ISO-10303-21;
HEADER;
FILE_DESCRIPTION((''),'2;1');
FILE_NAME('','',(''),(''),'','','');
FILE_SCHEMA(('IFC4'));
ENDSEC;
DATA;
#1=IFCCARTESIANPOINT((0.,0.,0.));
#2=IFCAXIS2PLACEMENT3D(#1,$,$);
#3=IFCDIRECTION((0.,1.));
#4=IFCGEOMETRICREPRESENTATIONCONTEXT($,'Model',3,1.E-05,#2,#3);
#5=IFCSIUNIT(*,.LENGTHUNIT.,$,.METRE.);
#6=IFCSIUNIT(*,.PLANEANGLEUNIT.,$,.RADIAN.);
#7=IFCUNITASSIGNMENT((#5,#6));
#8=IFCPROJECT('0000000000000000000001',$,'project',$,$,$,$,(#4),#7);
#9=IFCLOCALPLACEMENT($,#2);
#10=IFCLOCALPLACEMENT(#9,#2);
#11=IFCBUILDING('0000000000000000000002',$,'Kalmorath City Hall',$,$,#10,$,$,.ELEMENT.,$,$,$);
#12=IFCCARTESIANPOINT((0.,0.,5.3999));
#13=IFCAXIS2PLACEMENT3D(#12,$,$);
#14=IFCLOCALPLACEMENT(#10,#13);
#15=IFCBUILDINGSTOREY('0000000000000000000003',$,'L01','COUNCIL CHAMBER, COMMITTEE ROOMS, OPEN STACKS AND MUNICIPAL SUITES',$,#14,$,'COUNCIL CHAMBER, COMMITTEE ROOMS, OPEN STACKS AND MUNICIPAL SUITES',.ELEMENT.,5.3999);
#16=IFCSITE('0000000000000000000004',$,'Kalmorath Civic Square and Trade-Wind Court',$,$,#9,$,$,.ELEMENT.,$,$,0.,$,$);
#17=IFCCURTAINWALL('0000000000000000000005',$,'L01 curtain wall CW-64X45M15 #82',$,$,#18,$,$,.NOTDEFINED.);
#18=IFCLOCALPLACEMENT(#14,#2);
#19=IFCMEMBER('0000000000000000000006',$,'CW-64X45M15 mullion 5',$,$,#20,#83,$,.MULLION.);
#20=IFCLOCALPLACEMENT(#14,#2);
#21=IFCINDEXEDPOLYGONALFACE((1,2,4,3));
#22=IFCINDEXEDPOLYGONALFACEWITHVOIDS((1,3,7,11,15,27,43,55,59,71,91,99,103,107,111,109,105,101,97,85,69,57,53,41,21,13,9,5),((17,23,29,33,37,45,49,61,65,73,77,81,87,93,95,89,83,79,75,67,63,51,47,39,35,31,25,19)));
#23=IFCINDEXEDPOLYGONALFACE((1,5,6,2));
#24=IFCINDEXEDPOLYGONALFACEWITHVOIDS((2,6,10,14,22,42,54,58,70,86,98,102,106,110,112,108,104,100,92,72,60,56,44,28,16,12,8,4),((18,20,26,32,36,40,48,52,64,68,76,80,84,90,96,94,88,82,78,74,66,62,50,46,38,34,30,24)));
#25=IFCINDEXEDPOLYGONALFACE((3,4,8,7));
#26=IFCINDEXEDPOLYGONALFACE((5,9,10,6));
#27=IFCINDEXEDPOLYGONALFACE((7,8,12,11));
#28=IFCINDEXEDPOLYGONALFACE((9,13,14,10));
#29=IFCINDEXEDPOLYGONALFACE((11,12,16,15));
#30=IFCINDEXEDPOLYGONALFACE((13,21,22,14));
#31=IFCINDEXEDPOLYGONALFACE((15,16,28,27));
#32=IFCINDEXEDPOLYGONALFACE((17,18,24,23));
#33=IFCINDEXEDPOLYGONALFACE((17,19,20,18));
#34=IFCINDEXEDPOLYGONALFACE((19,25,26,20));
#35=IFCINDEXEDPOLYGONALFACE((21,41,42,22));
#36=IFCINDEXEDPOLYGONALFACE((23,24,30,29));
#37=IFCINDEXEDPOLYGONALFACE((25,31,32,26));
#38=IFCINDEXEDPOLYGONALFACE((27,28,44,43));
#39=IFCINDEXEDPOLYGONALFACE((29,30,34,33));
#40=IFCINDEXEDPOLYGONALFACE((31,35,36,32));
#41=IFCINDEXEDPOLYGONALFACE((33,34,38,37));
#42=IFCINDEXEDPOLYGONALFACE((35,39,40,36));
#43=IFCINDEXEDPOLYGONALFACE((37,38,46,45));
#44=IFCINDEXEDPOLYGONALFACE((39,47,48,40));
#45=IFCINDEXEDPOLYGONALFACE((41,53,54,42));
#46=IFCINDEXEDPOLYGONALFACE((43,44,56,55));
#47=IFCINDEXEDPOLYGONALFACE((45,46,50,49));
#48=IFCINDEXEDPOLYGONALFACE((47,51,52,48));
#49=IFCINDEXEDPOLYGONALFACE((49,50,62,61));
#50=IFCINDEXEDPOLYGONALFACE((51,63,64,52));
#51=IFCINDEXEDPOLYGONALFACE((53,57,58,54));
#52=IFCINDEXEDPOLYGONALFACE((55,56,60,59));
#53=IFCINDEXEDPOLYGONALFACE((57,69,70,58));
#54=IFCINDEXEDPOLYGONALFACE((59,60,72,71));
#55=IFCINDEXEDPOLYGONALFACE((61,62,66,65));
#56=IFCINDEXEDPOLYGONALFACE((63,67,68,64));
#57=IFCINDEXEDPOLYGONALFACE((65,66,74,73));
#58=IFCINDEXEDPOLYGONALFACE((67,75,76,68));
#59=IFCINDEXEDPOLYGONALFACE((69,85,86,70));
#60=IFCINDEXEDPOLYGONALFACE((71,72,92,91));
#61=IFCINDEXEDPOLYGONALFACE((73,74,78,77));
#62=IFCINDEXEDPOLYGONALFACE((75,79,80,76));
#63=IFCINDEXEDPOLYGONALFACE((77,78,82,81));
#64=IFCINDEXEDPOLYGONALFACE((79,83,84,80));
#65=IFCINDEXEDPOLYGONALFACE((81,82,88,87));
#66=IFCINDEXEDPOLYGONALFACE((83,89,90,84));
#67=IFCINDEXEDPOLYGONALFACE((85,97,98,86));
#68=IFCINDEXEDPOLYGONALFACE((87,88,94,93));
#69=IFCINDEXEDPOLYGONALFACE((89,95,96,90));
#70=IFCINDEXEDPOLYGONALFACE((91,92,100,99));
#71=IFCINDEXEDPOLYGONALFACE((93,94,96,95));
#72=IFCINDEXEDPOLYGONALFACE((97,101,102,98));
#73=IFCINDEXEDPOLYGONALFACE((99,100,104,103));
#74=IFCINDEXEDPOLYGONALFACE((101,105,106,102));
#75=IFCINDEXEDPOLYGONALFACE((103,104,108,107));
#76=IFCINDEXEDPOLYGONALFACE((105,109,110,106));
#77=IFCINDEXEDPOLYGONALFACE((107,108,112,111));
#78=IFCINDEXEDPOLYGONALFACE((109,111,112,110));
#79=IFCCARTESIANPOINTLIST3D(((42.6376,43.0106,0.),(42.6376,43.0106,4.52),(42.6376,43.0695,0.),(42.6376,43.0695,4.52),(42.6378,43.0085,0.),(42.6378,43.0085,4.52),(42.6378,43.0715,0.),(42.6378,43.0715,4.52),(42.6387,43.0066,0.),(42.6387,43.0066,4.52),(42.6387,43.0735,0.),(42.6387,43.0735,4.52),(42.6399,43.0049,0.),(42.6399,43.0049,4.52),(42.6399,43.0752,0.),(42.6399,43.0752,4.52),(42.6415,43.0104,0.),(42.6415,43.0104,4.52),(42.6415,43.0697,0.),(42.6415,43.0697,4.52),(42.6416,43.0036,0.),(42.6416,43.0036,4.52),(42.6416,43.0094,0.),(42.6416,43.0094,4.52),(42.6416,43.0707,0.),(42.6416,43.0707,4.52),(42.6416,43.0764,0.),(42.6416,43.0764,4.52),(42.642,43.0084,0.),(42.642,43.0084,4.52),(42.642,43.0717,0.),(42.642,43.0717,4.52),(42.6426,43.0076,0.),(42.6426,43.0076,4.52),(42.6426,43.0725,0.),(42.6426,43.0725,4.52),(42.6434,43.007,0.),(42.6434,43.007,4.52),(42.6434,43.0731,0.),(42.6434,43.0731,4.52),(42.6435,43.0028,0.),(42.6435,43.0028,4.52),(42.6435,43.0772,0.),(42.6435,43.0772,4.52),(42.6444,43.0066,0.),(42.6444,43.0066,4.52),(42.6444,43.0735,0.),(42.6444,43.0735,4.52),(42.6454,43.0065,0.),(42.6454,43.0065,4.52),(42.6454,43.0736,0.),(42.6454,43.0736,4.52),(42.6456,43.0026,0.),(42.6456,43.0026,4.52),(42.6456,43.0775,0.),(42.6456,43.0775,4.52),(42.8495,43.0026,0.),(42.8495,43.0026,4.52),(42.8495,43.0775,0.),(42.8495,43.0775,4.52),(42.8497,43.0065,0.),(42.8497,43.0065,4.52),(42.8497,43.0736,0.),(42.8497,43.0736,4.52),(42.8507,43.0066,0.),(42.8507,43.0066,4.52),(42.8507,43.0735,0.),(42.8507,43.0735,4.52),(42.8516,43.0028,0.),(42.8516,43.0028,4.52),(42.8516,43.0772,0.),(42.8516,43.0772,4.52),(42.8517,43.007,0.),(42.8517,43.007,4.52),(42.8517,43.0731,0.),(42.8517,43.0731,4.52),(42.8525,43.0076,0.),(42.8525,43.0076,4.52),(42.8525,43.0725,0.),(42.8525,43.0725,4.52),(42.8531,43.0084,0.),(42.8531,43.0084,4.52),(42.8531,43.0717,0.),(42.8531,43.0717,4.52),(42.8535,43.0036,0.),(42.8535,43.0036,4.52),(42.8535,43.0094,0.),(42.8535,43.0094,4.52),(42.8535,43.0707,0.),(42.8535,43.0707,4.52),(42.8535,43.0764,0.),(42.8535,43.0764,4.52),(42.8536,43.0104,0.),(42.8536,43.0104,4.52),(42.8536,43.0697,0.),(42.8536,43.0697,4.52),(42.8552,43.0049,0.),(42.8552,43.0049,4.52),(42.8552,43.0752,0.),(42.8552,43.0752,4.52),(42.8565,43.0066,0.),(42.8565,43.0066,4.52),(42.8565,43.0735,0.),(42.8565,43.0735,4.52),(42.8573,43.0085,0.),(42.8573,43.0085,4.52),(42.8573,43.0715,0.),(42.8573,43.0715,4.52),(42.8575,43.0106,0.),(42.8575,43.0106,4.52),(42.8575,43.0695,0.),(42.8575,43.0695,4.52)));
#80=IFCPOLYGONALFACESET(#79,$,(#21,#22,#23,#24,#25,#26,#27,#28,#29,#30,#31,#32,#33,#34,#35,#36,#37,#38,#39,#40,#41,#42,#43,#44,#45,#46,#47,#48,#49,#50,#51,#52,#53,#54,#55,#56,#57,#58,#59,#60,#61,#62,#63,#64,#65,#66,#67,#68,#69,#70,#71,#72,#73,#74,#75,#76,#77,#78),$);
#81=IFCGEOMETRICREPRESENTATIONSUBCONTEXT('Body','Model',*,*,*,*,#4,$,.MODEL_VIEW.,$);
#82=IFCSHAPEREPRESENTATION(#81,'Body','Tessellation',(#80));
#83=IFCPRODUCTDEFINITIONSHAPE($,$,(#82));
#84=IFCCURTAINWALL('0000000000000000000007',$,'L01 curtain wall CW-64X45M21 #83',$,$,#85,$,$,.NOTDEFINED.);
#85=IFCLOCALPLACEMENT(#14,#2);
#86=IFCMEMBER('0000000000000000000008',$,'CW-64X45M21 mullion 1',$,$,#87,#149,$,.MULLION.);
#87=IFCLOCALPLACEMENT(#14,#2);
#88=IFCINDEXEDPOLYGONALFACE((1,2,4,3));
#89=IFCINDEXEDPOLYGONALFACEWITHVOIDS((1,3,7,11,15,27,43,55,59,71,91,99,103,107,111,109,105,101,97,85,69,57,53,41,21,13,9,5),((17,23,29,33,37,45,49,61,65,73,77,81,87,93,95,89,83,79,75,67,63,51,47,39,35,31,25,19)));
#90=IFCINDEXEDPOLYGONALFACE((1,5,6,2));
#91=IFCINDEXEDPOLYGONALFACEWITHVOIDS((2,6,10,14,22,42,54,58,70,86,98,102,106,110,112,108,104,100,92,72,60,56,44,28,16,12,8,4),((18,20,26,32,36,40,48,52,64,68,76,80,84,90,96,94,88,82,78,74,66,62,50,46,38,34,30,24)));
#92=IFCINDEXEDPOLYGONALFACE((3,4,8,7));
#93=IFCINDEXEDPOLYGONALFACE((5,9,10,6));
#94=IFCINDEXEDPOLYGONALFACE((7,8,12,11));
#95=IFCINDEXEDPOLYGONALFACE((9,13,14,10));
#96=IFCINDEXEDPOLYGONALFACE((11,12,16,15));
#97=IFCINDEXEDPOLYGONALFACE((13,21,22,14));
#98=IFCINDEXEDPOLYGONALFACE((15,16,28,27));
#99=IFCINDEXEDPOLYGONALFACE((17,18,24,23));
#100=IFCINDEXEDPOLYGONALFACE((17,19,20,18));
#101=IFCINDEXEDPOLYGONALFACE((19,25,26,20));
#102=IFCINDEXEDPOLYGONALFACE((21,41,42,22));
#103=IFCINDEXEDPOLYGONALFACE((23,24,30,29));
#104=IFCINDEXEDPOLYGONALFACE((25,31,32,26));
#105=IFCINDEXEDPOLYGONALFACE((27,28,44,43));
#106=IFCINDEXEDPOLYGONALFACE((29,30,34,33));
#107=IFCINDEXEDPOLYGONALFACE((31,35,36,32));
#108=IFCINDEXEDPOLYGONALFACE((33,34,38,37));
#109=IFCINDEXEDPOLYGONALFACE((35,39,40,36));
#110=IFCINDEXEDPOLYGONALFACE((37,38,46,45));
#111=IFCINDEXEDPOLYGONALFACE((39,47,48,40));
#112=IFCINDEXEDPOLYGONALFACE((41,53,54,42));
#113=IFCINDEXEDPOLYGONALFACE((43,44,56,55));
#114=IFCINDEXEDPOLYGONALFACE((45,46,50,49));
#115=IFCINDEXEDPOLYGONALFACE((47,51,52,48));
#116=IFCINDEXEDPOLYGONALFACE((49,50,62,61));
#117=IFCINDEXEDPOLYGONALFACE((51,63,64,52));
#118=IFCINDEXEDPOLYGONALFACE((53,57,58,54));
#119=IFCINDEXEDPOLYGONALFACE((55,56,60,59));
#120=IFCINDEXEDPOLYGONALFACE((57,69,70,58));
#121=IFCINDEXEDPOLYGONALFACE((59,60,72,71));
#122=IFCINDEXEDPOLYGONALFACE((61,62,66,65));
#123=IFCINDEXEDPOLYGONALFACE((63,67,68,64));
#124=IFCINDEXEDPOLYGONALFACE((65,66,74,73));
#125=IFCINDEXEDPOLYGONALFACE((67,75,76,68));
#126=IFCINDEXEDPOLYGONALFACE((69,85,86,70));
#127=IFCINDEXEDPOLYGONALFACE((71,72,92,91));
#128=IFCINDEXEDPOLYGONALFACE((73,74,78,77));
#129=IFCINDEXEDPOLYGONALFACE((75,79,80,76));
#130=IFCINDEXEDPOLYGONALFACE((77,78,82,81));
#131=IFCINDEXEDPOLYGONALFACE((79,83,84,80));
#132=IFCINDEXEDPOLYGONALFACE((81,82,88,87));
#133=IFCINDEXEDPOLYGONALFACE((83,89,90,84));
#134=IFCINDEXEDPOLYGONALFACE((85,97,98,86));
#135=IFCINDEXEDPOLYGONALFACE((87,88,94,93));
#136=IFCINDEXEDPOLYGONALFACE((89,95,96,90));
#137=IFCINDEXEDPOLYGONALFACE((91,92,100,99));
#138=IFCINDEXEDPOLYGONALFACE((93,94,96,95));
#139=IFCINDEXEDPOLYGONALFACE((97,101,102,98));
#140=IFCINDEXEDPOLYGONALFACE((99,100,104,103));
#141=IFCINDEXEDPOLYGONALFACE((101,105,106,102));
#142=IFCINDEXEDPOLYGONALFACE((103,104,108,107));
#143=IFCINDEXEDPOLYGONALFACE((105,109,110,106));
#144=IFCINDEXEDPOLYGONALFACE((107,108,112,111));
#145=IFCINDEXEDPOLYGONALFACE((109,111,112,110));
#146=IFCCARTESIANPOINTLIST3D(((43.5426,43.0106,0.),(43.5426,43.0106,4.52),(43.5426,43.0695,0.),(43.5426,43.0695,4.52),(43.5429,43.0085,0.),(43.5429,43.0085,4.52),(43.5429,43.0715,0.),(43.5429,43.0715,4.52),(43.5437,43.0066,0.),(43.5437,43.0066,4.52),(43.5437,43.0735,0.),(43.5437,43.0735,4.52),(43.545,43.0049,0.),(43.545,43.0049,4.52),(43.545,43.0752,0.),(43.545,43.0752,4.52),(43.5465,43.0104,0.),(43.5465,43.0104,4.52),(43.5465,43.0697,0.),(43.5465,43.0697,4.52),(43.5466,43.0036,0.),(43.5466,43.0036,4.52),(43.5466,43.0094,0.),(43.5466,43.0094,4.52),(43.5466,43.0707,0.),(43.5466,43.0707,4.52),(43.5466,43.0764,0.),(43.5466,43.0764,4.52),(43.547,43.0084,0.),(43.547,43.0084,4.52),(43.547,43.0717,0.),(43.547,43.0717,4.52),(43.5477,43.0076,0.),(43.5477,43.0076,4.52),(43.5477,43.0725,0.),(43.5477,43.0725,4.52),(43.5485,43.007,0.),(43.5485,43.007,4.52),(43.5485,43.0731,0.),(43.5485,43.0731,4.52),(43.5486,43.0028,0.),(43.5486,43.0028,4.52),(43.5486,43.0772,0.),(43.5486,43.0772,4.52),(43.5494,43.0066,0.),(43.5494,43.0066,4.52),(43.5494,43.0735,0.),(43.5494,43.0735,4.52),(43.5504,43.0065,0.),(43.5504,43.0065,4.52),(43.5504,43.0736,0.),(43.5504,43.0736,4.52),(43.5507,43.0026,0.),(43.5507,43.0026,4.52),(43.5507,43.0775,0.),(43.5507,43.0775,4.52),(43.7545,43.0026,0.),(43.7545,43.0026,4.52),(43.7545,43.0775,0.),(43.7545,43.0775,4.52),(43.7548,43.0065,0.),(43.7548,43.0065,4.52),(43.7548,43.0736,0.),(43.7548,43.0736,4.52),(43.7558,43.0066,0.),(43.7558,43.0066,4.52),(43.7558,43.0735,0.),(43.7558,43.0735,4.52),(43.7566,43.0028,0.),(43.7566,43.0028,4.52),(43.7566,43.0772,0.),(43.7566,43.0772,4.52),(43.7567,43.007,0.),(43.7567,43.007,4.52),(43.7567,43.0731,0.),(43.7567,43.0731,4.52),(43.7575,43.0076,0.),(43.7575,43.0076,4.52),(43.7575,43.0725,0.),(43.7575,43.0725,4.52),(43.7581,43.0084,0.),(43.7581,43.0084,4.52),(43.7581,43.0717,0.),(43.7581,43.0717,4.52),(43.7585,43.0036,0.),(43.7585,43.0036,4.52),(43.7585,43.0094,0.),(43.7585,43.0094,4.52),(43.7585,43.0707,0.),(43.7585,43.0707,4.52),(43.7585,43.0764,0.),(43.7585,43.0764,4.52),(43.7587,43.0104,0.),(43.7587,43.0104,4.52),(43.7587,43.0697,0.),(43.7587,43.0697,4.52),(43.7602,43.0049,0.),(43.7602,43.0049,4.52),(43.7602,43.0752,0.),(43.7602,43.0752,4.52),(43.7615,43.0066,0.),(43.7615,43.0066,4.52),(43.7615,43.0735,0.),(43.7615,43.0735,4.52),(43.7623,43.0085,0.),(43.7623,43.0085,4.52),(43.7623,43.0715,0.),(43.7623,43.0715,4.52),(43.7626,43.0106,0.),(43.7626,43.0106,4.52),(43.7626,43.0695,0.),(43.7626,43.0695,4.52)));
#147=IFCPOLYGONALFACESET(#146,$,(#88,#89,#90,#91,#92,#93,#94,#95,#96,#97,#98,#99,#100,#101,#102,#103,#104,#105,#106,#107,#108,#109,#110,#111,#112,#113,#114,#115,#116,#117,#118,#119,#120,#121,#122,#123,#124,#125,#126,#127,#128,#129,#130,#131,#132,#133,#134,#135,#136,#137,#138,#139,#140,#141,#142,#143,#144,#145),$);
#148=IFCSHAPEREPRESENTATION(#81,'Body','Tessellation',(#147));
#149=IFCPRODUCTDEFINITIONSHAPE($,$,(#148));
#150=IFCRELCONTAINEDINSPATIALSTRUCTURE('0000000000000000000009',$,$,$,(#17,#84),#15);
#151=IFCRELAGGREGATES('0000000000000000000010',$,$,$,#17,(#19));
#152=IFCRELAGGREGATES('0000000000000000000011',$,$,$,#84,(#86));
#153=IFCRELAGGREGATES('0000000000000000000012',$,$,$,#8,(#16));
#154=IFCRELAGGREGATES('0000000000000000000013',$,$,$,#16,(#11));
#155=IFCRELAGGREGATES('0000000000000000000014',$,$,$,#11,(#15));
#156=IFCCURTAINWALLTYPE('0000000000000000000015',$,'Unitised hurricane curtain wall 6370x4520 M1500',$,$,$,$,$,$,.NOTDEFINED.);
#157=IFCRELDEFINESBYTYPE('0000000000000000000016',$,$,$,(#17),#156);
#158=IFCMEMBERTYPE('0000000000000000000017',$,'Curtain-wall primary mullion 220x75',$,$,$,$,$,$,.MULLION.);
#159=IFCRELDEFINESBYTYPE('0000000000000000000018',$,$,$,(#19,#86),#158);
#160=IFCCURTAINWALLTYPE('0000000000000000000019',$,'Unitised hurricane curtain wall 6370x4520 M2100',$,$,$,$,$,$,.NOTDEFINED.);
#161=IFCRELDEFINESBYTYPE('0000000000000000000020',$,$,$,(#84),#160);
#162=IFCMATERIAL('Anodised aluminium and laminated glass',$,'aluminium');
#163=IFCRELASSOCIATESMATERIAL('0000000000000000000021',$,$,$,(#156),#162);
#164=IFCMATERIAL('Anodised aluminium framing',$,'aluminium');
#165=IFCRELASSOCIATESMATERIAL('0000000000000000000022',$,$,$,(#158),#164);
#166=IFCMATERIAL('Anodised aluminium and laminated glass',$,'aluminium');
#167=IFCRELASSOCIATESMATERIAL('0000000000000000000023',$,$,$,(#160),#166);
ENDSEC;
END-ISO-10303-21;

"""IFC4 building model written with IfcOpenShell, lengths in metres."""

from ifc_helpers import new_model, si_unit, direction, frame, origin, origin_2d, place, context, subcontext, project, spatial, hollow_rectangle, extrude, material, material_profile, profile_set, type_object, element, aggregate, save


model = new_model("IFC4")

# Units and contexts
model_context = context("Model", 3, precision=1e-05, world=origin(), true_north=direction((0.0, 1.0)))
body_context = subcontext(model_context, "Body", "Model", "MODEL_VIEW")
ifc_project = project(units=[si_unit("LENGTHUNIT", "METRE"), si_unit("PLANEANGLEUNIT", "RADIAN")], contexts=[model_context])

# Site, building, storey
site_placement = place(None, origin())
site = spatial("IfcSite", under=ifc_project, at=site_placement, Name="Kalmorath Civic Square and Trade-Wind Court", CompositionType="ELEMENT", RefElevation=0.0)
building_placement = place(site_placement, origin())
building = spatial("IfcBuilding", under=site, at=building_placement, Name="Kalmorath City Hall", CompositionType="ELEMENT")
storey_placement = place(building_placement, frame((0.0, 0.0, 5.3999)))
storey = spatial("IfcBuildingStorey", under=building, at=storey_placement, Name="L01", Description="COUNCIL CHAMBER, COMMITTEE ROOMS, OPEN STACKS AND MUNICIPAL SUITES", LongName="COUNCIL CHAMBER, COMMITTEE ROOMS, OPEN STACKS AND MUNICIPAL SUITES", CompositionType="ELEMENT", Elevation=5.3999)

# Curtain wall, member
ifc_material_1 = material(Name="Anodised aluminium and laminated glass", Category="aluminium")
curtain_wall_type_1 = type_object("IfcCurtainWallType", Name="Unitised hurricane curtain wall 6370x4520 M1500", PredefinedType="NOTDEFINED", material=ifc_material_1)
curtain_wall_1_placement = place(storey_placement, origin())
curtain_wall_1 = element("IfcCurtainWall", 1, at=curtain_wall_1_placement, inside=storey, type_object=curtain_wall_type_1, Name="L01 curtain wall CW-64X45M15 #82", PredefinedType="NOTDEFINED")
ifc_material_2 = material(Name="Anodised aluminium framing", Category="aluminium")
ifc_material_profile_1 = material_profile(ifc_material_2, hollow_rectangle(XDim=0.075, YDim=0.22, WallThickness=0.0039, InnerFilletRadius=0.0039, OuterFilletRadius=0.0081, at=origin_2d()), Name="ALU-MUL-220X75X4")
ifc_profile_set_1 = profile_set([ifc_material_profile_1], Name="Anodised aluminium framing")
member_type_1 = type_object("IfcMemberType", Name="Curtain-wall primary mullion 220x75", PredefinedType="MULLION", material=ifc_profile_set_1)
member_1_placement = place(storey_placement, frame((42.7476, 43.04, 0.0), z_axis=(0.0, 0.0, 1.0), x_axis=(0.0, 1.0, 0.0)))
member_1 = element("IfcMember", 2, at=member_1_placement, type_object=member_type_1, Name="CW-64X45M15 mullion 5", PredefinedType="MULLION", context=body_context, shape_type="SweptSolid", body=[
    extrude(hollow_rectangle(XDim=0.075, YDim=0.22, WallThickness=0.0039, InnerFilletRadius=0.0039, OuterFilletRadius=0.0081, at=origin_2d()), origin(), (0.0, 0.0, 1.0), 4.52),
])

# Curtain wall, member
ifc_material_3 = material(Name="Anodised aluminium and laminated glass", Category="aluminium")
curtain_wall_type_2 = type_object("IfcCurtainWallType", Name="Unitised hurricane curtain wall 6370x4520 M2100", PredefinedType="NOTDEFINED", material=ifc_material_3)
curtain_wall_2_placement = place(storey_placement, origin())
curtain_wall_2 = element("IfcCurtainWall", 3, at=curtain_wall_2_placement, inside=storey, type_object=curtain_wall_type_2, Name="L01 curtain wall CW-64X45M21 #83", PredefinedType="NOTDEFINED")
member_2_placement = place(storey_placement, frame((43.6526, 43.04, 0.0), z_axis=(0.0, 0.0, 1.0), x_axis=(0.0, 1.0, 0.0)))
member_2 = element("IfcMember", 4, at=member_2_placement, type_object=member_type_1, Name="CW-64X45M21 mullion 1", PredefinedType="MULLION", context=body_context, shape_type="SweptSolid", body=[
    extrude(hollow_rectangle(XDim=0.075, YDim=0.22, WallThickness=0.0039, InnerFilletRadius=0.0039, OuterFilletRadius=0.0081, at=origin_2d()), origin(), (0.0, 0.0, 1.0), 4.52),
])

aggregate(curtain_wall_1, [member_1])
aggregate(curtain_wall_2, [member_2])

save(model, "model.ifc")
